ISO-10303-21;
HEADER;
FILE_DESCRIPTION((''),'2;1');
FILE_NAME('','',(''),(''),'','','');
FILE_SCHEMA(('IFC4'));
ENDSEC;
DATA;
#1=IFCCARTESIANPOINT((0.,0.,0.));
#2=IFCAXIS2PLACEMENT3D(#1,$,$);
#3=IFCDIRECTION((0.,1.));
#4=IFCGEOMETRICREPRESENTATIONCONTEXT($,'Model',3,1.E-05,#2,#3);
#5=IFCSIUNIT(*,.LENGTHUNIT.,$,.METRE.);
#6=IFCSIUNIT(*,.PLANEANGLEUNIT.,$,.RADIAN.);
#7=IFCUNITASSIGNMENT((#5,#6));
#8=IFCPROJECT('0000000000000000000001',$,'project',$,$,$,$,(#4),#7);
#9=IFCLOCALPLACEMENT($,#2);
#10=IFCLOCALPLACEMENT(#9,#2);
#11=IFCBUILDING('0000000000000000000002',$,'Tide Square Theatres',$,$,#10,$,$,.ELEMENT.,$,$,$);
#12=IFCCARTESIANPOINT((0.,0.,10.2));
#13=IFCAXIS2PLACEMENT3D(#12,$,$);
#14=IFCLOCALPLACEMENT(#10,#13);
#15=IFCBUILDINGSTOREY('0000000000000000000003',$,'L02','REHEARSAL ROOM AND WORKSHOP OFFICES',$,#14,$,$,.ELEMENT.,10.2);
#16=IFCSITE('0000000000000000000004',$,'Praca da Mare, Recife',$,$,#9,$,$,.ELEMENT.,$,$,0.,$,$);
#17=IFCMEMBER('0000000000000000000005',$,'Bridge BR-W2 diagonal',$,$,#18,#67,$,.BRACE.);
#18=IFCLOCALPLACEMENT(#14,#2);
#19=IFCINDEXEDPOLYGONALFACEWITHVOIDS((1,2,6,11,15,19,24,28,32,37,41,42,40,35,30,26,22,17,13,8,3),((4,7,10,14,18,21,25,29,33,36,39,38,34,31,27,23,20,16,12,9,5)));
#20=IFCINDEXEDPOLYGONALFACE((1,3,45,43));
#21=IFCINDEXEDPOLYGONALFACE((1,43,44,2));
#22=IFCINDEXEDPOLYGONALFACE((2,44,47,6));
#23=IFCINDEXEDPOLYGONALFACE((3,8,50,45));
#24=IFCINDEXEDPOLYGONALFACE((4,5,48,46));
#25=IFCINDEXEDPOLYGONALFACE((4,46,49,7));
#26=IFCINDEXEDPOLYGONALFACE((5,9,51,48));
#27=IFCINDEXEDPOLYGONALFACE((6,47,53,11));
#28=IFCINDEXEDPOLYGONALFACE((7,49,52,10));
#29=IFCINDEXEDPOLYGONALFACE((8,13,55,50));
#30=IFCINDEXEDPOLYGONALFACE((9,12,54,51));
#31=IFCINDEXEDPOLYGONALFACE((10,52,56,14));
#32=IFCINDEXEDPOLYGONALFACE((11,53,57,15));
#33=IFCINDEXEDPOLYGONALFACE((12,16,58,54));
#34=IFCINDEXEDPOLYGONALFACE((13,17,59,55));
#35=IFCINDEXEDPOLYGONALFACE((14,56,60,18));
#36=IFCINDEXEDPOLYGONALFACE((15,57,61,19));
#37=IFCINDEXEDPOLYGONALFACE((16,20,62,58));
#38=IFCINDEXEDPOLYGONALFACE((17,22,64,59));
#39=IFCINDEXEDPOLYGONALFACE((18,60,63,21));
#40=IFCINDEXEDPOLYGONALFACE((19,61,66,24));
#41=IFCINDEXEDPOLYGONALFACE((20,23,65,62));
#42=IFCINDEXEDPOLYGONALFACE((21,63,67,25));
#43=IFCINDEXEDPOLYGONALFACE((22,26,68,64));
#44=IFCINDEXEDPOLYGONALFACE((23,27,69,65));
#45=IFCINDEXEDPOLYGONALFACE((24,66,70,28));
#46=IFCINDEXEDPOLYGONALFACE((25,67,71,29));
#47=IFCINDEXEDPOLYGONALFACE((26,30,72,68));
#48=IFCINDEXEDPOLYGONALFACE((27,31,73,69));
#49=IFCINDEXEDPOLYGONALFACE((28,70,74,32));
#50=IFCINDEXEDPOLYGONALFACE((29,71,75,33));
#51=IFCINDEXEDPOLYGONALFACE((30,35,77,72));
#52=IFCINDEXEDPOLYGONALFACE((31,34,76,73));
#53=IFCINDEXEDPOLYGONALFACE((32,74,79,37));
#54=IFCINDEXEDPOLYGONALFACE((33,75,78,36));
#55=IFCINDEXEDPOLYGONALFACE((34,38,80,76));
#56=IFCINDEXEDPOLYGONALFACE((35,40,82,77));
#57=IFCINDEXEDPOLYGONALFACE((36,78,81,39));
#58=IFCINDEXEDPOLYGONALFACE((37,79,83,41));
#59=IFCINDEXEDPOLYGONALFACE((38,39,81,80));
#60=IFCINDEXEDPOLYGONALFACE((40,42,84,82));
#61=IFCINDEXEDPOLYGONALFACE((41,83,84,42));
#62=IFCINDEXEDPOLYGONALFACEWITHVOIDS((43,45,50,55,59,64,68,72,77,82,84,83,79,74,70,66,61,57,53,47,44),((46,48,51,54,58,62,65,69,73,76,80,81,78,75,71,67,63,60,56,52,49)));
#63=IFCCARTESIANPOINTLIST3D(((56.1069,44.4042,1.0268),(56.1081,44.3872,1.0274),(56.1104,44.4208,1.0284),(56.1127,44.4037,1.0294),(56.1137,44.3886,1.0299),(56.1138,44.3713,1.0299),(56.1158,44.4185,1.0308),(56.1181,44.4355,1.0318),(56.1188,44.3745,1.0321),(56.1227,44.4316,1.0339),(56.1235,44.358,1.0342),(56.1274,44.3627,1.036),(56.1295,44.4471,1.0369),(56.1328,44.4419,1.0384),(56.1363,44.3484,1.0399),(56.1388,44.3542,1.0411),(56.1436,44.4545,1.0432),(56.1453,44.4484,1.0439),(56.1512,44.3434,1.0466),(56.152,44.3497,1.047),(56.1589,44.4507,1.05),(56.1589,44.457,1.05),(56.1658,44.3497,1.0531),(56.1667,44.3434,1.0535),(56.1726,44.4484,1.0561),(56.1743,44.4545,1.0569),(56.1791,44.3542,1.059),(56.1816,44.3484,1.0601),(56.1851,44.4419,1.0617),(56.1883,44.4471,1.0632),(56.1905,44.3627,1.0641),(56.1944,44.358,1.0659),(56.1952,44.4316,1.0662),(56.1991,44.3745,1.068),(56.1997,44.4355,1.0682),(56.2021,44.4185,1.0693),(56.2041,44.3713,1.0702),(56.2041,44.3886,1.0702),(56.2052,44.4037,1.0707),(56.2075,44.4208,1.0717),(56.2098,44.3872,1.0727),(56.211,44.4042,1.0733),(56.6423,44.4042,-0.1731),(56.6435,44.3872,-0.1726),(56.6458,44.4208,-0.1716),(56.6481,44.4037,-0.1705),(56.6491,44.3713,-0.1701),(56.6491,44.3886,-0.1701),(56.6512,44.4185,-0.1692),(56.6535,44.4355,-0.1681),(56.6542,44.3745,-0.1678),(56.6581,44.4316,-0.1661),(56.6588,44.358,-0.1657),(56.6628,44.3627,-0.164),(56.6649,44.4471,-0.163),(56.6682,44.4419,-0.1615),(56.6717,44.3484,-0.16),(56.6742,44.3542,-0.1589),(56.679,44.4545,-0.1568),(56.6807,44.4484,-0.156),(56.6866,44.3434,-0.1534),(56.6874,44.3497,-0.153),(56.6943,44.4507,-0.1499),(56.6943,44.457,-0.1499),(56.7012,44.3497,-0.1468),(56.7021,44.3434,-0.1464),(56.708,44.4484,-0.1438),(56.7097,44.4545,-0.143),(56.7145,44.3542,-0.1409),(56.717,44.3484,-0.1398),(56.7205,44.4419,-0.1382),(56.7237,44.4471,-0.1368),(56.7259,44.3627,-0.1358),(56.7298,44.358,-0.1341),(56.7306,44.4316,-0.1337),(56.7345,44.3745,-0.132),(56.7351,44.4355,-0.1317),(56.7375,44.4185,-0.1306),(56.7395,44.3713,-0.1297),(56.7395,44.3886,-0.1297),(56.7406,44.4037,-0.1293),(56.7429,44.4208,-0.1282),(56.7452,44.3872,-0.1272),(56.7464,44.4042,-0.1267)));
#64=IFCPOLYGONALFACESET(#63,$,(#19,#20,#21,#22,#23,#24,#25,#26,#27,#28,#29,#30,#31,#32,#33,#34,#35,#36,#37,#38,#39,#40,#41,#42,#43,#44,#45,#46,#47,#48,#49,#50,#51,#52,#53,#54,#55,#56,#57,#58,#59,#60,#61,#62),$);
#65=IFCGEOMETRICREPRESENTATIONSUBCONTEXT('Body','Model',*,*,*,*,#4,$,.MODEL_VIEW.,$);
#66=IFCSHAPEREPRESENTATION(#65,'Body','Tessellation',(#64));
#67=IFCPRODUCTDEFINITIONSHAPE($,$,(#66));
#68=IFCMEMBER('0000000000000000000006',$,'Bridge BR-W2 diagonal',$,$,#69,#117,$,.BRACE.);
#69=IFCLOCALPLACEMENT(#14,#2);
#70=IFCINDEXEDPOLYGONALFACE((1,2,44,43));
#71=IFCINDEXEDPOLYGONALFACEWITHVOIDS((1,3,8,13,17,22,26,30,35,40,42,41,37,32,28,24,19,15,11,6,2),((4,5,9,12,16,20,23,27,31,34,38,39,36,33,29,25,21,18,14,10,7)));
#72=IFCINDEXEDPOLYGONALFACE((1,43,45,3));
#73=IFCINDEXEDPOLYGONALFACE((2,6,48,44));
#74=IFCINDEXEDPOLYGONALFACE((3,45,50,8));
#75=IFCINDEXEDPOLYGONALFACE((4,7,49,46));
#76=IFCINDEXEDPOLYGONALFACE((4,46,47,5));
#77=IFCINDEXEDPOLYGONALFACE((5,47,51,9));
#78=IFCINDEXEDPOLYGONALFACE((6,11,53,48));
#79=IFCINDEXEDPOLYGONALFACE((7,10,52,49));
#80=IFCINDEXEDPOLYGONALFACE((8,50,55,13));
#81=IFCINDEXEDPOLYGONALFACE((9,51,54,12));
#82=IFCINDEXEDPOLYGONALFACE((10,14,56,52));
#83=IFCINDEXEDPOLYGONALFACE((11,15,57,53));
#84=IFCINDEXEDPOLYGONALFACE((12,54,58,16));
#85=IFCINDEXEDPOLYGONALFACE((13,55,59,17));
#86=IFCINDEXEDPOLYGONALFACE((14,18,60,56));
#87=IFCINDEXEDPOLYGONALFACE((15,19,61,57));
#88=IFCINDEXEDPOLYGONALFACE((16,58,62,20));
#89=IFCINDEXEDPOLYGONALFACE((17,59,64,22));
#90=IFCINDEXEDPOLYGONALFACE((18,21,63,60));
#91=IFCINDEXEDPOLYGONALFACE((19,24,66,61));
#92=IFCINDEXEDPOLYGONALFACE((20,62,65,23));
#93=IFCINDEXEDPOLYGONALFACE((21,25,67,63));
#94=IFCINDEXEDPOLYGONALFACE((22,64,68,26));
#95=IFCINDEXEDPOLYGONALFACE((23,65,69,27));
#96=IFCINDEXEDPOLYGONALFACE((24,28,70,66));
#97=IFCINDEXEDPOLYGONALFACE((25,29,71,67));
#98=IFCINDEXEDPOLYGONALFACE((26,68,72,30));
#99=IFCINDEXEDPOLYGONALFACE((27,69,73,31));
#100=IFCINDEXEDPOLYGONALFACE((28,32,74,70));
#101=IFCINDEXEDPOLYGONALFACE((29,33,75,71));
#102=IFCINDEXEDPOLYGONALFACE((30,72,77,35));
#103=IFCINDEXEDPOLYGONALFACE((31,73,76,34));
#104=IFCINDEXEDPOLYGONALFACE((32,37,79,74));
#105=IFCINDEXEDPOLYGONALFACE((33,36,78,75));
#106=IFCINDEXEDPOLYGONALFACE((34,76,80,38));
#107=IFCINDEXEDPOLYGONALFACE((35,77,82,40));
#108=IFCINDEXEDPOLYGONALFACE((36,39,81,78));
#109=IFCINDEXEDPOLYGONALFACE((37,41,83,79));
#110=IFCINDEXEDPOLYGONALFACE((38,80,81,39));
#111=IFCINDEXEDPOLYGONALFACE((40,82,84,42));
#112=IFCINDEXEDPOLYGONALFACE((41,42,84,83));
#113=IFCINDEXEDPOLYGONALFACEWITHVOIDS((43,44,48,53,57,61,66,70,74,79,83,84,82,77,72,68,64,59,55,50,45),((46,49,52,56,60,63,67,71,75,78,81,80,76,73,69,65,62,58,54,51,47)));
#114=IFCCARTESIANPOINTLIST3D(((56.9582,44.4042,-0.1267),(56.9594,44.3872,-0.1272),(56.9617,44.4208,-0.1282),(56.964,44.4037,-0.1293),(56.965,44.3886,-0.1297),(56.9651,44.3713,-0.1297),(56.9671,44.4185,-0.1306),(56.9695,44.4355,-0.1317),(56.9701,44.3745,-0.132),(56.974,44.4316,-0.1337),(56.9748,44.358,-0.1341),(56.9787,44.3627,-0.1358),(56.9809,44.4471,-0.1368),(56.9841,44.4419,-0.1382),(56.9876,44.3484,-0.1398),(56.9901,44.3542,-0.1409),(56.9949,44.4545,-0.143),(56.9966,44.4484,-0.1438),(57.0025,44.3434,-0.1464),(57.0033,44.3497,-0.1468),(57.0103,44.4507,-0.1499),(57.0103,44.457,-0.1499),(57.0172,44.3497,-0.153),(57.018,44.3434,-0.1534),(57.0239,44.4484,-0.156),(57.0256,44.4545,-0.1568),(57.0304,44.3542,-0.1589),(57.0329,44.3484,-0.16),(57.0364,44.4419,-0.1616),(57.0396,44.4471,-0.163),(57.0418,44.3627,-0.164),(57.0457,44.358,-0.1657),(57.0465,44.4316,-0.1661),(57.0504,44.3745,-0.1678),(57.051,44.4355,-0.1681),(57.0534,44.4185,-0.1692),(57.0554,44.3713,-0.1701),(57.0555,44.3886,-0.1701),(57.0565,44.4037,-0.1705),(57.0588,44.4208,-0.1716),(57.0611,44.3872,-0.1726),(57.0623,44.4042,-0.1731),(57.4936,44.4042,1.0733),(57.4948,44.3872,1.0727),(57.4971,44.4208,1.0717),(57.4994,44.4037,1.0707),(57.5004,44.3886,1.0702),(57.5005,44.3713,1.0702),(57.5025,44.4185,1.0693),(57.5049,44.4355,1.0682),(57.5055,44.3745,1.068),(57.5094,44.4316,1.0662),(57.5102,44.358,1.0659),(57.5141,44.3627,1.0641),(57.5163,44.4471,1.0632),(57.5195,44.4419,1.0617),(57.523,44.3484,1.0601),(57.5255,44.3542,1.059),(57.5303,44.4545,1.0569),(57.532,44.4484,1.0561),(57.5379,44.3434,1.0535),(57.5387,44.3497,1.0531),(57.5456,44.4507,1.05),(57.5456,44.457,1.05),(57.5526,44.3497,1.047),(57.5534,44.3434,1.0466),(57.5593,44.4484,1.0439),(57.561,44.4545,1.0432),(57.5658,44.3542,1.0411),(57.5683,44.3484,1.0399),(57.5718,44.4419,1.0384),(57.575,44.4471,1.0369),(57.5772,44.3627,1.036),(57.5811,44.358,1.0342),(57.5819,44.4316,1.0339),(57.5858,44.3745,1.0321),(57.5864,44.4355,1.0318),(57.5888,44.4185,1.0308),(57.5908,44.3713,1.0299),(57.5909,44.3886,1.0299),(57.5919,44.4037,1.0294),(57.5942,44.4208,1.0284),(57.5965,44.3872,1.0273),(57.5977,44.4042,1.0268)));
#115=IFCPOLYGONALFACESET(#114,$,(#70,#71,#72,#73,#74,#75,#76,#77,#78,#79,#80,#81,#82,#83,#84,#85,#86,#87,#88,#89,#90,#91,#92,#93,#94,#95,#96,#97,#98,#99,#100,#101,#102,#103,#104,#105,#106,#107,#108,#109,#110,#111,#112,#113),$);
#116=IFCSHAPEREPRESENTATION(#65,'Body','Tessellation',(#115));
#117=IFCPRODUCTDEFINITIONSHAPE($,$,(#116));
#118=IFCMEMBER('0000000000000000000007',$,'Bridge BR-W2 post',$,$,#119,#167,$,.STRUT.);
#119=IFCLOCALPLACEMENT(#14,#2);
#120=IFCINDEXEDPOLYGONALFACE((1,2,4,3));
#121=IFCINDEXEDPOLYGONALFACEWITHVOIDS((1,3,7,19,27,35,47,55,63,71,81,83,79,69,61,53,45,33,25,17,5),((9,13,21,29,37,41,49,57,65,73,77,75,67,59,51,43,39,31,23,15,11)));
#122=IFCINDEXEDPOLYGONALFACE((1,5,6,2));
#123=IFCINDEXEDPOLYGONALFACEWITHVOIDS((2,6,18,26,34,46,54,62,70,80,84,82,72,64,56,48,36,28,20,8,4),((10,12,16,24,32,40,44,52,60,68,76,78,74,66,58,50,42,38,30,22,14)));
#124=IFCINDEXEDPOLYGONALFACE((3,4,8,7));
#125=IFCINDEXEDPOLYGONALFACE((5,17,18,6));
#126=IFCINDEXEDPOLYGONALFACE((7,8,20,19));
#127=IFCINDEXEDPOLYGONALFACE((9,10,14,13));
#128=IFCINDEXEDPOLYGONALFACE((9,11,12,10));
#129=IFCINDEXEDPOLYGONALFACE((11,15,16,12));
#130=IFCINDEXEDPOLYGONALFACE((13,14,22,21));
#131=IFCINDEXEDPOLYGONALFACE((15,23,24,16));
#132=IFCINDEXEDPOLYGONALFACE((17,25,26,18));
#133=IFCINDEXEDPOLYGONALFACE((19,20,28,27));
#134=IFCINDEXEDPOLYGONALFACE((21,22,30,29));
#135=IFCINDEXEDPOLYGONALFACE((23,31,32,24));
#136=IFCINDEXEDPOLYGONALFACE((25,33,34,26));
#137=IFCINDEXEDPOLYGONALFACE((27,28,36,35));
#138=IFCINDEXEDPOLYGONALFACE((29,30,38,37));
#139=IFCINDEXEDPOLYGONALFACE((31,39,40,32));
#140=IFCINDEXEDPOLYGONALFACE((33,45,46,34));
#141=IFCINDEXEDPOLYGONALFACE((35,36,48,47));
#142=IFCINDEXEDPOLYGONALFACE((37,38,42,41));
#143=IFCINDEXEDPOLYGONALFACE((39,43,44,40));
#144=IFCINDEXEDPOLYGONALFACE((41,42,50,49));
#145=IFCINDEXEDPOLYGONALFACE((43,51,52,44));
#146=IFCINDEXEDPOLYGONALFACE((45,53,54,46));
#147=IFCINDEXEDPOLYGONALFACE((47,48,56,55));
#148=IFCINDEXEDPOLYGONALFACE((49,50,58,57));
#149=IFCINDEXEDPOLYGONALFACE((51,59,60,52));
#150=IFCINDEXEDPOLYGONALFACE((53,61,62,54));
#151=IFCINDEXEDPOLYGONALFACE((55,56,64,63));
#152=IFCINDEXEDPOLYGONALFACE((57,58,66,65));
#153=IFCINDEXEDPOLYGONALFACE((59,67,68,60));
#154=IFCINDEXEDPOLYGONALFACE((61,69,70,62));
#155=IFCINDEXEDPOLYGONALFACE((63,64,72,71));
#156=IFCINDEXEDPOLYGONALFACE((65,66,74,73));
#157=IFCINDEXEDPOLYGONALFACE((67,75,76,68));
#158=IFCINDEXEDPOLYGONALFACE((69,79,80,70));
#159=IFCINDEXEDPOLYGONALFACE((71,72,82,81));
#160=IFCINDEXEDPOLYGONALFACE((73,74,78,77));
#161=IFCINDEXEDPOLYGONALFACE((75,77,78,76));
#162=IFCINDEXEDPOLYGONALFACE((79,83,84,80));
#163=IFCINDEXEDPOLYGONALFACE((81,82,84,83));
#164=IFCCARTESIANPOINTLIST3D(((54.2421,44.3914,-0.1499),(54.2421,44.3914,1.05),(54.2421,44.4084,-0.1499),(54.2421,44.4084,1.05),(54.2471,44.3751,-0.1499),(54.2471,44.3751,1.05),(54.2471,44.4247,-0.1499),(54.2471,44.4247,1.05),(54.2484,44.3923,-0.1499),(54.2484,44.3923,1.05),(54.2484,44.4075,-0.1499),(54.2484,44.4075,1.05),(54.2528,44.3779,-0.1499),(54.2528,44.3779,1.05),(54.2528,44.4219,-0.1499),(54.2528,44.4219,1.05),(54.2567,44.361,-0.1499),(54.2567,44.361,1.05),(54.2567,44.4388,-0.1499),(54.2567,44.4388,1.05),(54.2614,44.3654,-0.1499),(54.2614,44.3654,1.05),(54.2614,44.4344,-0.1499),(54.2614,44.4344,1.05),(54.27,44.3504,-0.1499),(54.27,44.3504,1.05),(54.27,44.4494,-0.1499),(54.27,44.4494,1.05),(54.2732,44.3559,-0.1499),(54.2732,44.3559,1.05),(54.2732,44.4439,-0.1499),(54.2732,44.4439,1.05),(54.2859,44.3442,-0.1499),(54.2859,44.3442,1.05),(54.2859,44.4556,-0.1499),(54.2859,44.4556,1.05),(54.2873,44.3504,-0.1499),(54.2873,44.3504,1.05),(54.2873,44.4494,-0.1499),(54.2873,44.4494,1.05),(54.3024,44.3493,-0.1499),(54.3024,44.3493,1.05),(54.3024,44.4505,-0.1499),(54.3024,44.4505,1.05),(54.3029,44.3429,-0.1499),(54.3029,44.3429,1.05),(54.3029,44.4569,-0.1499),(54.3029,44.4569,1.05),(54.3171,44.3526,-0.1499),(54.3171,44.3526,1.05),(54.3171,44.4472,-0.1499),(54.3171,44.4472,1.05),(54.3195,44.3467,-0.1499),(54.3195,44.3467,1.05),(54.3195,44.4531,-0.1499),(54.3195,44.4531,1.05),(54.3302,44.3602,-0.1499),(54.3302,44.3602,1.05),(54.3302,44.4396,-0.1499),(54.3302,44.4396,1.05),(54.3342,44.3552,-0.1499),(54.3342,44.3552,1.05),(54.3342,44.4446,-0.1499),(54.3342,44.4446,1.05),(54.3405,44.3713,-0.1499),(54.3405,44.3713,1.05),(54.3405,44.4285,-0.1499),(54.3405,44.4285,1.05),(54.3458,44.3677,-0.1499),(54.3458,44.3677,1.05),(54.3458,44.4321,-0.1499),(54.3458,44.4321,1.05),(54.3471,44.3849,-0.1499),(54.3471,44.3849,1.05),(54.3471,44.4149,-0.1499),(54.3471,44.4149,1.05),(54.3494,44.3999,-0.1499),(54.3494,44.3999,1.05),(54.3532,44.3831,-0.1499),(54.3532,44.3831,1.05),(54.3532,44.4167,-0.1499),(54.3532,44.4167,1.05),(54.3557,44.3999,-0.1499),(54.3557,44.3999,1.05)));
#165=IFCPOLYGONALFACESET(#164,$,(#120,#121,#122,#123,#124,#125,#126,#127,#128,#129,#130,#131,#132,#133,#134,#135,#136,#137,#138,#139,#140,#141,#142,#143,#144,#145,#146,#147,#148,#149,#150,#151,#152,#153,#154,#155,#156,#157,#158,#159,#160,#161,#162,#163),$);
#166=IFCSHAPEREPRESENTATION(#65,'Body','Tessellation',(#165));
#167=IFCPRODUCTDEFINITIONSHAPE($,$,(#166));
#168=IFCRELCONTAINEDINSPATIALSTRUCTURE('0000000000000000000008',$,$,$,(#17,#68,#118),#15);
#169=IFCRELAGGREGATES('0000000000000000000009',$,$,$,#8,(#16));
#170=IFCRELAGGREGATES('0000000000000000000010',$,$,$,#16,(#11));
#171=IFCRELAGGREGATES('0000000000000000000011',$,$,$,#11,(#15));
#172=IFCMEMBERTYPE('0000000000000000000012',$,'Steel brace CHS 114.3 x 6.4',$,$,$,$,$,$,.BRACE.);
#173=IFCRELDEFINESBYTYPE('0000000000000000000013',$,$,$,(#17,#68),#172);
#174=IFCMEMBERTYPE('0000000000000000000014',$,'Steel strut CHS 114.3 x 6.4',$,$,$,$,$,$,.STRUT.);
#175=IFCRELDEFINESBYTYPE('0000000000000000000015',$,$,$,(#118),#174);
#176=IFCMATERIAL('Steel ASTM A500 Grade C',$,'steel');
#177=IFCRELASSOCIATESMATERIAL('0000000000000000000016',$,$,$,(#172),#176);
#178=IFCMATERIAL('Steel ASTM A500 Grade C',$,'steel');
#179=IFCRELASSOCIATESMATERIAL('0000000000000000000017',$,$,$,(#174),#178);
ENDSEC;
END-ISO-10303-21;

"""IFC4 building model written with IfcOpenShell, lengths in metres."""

from ifc_helpers import new_model, si_unit, direction, frame, origin, origin_2d, place, context, subcontext, project, spatial, hollow_circle, extrude, material, material_profile, profile_set, type_object, element, save


model = new_model("IFC4")

# Units and contexts
model_context = context("Model", 3, precision=1e-05, world=origin(), true_north=direction((0.0, 1.0)))
body_context = subcontext(model_context, "Body", "Model", "MODEL_VIEW")
ifc_project = project(units=[si_unit("LENGTHUNIT", "METRE"), si_unit("PLANEANGLEUNIT", "RADIAN")], contexts=[model_context])

# Site, building, storey
site_placement = place(None, origin())
site = spatial("IfcSite", under=ifc_project, at=site_placement, Name="Praca da Mare, Recife", CompositionType="ELEMENT", RefElevation=0.0)
building_placement = place(site_placement, origin())
building = spatial("IfcBuilding", under=site, at=building_placement, Name="Tide Square Theatres", CompositionType="ELEMENT")
storey_placement = place(building_placement, frame((0.0, 0.0, 10.2)))
storey = spatial("IfcBuildingStorey", under=building, at=storey_placement, Name="L02", Description="REHEARSAL ROOM AND WORKSHOP OFFICES", CompositionType="ELEMENT", Elevation=10.2)

# Members
ifc_material_1 = material(Name="Steel ASTM A500 Grade C", Category="steel")
ifc_material_profile_1 = material_profile(ifc_material_1, hollow_circle(Radius=0.0571, WallThickness=0.0063, at=origin_2d()))
ifc_profile_set_1 = profile_set([ifc_material_profile_1], Name="Steel ASTM A500 Grade C")
member_type_1 = type_object("IfcMemberType", Name="Steel brace CHS 114.3 x 6.4", PredefinedType="BRACE", material=ifc_profile_set_1)
for number, where, z_axis, x_axis, name in (
    (1, (56.1589, 44.3999, 1.05), (0.407465, 0.0, -0.913221), (0.0, 1.0, 0.0), "Bridge BR-W2 diagonal"),
    (2, (57.0103, 44.3999, -0.1499), (0.407465, 0.0, 0.913221), (0.0, 1.0, 0.0), "Bridge BR-W2 diagonal"),
):
    element("IfcMember", number, at=place(storey_placement, frame(where, z_axis=z_axis, x_axis=x_axis)), inside=storey, type_object=member_type_1, Name=name, PredefinedType="BRACE", context=body_context, shape_type="SweptSolid", body=[
        extrude(hollow_circle(Radius=0.0571, WallThickness=0.0063, at=origin_2d()), origin(), (0.0, 0.0, 1.0), 1.314),
    ])
ifc_material_2 = material(Name="Steel ASTM A500 Grade C", Category="steel")
ifc_material_profile_2 = material_profile(ifc_material_2, hollow_circle(Radius=0.0571, WallThickness=0.0063, at=origin_2d()))
ifc_profile_set_2 = profile_set([ifc_material_profile_2], Name="Steel ASTM A500 Grade C")
member_type_2 = type_object("IfcMemberType", Name="Steel strut CHS 114.3 x 6.4", PredefinedType="STRUT", material=ifc_profile_set_2)
for number, where, z_axis, x_axis, name in (
    (3, (54.2986, 44.3999, -0.1499), (0.0, 0.0, 1.0), (1.0, 0.0, 0.0), "Bridge BR-W2 post"),
):
    element("IfcMember", number, at=place(storey_placement, frame(where, z_axis=z_axis, x_axis=x_axis)), inside=storey, type_object=member_type_2, Name=name, PredefinedType="STRUT", context=body_context, shape_type="SweptSolid", body=[
        extrude(hollow_circle(Radius=0.0571, WallThickness=0.0063, at=origin_2d()), origin(), (0.0, 0.0, 1.0), 1.2),
    ])

save(model, "model.ifc")
